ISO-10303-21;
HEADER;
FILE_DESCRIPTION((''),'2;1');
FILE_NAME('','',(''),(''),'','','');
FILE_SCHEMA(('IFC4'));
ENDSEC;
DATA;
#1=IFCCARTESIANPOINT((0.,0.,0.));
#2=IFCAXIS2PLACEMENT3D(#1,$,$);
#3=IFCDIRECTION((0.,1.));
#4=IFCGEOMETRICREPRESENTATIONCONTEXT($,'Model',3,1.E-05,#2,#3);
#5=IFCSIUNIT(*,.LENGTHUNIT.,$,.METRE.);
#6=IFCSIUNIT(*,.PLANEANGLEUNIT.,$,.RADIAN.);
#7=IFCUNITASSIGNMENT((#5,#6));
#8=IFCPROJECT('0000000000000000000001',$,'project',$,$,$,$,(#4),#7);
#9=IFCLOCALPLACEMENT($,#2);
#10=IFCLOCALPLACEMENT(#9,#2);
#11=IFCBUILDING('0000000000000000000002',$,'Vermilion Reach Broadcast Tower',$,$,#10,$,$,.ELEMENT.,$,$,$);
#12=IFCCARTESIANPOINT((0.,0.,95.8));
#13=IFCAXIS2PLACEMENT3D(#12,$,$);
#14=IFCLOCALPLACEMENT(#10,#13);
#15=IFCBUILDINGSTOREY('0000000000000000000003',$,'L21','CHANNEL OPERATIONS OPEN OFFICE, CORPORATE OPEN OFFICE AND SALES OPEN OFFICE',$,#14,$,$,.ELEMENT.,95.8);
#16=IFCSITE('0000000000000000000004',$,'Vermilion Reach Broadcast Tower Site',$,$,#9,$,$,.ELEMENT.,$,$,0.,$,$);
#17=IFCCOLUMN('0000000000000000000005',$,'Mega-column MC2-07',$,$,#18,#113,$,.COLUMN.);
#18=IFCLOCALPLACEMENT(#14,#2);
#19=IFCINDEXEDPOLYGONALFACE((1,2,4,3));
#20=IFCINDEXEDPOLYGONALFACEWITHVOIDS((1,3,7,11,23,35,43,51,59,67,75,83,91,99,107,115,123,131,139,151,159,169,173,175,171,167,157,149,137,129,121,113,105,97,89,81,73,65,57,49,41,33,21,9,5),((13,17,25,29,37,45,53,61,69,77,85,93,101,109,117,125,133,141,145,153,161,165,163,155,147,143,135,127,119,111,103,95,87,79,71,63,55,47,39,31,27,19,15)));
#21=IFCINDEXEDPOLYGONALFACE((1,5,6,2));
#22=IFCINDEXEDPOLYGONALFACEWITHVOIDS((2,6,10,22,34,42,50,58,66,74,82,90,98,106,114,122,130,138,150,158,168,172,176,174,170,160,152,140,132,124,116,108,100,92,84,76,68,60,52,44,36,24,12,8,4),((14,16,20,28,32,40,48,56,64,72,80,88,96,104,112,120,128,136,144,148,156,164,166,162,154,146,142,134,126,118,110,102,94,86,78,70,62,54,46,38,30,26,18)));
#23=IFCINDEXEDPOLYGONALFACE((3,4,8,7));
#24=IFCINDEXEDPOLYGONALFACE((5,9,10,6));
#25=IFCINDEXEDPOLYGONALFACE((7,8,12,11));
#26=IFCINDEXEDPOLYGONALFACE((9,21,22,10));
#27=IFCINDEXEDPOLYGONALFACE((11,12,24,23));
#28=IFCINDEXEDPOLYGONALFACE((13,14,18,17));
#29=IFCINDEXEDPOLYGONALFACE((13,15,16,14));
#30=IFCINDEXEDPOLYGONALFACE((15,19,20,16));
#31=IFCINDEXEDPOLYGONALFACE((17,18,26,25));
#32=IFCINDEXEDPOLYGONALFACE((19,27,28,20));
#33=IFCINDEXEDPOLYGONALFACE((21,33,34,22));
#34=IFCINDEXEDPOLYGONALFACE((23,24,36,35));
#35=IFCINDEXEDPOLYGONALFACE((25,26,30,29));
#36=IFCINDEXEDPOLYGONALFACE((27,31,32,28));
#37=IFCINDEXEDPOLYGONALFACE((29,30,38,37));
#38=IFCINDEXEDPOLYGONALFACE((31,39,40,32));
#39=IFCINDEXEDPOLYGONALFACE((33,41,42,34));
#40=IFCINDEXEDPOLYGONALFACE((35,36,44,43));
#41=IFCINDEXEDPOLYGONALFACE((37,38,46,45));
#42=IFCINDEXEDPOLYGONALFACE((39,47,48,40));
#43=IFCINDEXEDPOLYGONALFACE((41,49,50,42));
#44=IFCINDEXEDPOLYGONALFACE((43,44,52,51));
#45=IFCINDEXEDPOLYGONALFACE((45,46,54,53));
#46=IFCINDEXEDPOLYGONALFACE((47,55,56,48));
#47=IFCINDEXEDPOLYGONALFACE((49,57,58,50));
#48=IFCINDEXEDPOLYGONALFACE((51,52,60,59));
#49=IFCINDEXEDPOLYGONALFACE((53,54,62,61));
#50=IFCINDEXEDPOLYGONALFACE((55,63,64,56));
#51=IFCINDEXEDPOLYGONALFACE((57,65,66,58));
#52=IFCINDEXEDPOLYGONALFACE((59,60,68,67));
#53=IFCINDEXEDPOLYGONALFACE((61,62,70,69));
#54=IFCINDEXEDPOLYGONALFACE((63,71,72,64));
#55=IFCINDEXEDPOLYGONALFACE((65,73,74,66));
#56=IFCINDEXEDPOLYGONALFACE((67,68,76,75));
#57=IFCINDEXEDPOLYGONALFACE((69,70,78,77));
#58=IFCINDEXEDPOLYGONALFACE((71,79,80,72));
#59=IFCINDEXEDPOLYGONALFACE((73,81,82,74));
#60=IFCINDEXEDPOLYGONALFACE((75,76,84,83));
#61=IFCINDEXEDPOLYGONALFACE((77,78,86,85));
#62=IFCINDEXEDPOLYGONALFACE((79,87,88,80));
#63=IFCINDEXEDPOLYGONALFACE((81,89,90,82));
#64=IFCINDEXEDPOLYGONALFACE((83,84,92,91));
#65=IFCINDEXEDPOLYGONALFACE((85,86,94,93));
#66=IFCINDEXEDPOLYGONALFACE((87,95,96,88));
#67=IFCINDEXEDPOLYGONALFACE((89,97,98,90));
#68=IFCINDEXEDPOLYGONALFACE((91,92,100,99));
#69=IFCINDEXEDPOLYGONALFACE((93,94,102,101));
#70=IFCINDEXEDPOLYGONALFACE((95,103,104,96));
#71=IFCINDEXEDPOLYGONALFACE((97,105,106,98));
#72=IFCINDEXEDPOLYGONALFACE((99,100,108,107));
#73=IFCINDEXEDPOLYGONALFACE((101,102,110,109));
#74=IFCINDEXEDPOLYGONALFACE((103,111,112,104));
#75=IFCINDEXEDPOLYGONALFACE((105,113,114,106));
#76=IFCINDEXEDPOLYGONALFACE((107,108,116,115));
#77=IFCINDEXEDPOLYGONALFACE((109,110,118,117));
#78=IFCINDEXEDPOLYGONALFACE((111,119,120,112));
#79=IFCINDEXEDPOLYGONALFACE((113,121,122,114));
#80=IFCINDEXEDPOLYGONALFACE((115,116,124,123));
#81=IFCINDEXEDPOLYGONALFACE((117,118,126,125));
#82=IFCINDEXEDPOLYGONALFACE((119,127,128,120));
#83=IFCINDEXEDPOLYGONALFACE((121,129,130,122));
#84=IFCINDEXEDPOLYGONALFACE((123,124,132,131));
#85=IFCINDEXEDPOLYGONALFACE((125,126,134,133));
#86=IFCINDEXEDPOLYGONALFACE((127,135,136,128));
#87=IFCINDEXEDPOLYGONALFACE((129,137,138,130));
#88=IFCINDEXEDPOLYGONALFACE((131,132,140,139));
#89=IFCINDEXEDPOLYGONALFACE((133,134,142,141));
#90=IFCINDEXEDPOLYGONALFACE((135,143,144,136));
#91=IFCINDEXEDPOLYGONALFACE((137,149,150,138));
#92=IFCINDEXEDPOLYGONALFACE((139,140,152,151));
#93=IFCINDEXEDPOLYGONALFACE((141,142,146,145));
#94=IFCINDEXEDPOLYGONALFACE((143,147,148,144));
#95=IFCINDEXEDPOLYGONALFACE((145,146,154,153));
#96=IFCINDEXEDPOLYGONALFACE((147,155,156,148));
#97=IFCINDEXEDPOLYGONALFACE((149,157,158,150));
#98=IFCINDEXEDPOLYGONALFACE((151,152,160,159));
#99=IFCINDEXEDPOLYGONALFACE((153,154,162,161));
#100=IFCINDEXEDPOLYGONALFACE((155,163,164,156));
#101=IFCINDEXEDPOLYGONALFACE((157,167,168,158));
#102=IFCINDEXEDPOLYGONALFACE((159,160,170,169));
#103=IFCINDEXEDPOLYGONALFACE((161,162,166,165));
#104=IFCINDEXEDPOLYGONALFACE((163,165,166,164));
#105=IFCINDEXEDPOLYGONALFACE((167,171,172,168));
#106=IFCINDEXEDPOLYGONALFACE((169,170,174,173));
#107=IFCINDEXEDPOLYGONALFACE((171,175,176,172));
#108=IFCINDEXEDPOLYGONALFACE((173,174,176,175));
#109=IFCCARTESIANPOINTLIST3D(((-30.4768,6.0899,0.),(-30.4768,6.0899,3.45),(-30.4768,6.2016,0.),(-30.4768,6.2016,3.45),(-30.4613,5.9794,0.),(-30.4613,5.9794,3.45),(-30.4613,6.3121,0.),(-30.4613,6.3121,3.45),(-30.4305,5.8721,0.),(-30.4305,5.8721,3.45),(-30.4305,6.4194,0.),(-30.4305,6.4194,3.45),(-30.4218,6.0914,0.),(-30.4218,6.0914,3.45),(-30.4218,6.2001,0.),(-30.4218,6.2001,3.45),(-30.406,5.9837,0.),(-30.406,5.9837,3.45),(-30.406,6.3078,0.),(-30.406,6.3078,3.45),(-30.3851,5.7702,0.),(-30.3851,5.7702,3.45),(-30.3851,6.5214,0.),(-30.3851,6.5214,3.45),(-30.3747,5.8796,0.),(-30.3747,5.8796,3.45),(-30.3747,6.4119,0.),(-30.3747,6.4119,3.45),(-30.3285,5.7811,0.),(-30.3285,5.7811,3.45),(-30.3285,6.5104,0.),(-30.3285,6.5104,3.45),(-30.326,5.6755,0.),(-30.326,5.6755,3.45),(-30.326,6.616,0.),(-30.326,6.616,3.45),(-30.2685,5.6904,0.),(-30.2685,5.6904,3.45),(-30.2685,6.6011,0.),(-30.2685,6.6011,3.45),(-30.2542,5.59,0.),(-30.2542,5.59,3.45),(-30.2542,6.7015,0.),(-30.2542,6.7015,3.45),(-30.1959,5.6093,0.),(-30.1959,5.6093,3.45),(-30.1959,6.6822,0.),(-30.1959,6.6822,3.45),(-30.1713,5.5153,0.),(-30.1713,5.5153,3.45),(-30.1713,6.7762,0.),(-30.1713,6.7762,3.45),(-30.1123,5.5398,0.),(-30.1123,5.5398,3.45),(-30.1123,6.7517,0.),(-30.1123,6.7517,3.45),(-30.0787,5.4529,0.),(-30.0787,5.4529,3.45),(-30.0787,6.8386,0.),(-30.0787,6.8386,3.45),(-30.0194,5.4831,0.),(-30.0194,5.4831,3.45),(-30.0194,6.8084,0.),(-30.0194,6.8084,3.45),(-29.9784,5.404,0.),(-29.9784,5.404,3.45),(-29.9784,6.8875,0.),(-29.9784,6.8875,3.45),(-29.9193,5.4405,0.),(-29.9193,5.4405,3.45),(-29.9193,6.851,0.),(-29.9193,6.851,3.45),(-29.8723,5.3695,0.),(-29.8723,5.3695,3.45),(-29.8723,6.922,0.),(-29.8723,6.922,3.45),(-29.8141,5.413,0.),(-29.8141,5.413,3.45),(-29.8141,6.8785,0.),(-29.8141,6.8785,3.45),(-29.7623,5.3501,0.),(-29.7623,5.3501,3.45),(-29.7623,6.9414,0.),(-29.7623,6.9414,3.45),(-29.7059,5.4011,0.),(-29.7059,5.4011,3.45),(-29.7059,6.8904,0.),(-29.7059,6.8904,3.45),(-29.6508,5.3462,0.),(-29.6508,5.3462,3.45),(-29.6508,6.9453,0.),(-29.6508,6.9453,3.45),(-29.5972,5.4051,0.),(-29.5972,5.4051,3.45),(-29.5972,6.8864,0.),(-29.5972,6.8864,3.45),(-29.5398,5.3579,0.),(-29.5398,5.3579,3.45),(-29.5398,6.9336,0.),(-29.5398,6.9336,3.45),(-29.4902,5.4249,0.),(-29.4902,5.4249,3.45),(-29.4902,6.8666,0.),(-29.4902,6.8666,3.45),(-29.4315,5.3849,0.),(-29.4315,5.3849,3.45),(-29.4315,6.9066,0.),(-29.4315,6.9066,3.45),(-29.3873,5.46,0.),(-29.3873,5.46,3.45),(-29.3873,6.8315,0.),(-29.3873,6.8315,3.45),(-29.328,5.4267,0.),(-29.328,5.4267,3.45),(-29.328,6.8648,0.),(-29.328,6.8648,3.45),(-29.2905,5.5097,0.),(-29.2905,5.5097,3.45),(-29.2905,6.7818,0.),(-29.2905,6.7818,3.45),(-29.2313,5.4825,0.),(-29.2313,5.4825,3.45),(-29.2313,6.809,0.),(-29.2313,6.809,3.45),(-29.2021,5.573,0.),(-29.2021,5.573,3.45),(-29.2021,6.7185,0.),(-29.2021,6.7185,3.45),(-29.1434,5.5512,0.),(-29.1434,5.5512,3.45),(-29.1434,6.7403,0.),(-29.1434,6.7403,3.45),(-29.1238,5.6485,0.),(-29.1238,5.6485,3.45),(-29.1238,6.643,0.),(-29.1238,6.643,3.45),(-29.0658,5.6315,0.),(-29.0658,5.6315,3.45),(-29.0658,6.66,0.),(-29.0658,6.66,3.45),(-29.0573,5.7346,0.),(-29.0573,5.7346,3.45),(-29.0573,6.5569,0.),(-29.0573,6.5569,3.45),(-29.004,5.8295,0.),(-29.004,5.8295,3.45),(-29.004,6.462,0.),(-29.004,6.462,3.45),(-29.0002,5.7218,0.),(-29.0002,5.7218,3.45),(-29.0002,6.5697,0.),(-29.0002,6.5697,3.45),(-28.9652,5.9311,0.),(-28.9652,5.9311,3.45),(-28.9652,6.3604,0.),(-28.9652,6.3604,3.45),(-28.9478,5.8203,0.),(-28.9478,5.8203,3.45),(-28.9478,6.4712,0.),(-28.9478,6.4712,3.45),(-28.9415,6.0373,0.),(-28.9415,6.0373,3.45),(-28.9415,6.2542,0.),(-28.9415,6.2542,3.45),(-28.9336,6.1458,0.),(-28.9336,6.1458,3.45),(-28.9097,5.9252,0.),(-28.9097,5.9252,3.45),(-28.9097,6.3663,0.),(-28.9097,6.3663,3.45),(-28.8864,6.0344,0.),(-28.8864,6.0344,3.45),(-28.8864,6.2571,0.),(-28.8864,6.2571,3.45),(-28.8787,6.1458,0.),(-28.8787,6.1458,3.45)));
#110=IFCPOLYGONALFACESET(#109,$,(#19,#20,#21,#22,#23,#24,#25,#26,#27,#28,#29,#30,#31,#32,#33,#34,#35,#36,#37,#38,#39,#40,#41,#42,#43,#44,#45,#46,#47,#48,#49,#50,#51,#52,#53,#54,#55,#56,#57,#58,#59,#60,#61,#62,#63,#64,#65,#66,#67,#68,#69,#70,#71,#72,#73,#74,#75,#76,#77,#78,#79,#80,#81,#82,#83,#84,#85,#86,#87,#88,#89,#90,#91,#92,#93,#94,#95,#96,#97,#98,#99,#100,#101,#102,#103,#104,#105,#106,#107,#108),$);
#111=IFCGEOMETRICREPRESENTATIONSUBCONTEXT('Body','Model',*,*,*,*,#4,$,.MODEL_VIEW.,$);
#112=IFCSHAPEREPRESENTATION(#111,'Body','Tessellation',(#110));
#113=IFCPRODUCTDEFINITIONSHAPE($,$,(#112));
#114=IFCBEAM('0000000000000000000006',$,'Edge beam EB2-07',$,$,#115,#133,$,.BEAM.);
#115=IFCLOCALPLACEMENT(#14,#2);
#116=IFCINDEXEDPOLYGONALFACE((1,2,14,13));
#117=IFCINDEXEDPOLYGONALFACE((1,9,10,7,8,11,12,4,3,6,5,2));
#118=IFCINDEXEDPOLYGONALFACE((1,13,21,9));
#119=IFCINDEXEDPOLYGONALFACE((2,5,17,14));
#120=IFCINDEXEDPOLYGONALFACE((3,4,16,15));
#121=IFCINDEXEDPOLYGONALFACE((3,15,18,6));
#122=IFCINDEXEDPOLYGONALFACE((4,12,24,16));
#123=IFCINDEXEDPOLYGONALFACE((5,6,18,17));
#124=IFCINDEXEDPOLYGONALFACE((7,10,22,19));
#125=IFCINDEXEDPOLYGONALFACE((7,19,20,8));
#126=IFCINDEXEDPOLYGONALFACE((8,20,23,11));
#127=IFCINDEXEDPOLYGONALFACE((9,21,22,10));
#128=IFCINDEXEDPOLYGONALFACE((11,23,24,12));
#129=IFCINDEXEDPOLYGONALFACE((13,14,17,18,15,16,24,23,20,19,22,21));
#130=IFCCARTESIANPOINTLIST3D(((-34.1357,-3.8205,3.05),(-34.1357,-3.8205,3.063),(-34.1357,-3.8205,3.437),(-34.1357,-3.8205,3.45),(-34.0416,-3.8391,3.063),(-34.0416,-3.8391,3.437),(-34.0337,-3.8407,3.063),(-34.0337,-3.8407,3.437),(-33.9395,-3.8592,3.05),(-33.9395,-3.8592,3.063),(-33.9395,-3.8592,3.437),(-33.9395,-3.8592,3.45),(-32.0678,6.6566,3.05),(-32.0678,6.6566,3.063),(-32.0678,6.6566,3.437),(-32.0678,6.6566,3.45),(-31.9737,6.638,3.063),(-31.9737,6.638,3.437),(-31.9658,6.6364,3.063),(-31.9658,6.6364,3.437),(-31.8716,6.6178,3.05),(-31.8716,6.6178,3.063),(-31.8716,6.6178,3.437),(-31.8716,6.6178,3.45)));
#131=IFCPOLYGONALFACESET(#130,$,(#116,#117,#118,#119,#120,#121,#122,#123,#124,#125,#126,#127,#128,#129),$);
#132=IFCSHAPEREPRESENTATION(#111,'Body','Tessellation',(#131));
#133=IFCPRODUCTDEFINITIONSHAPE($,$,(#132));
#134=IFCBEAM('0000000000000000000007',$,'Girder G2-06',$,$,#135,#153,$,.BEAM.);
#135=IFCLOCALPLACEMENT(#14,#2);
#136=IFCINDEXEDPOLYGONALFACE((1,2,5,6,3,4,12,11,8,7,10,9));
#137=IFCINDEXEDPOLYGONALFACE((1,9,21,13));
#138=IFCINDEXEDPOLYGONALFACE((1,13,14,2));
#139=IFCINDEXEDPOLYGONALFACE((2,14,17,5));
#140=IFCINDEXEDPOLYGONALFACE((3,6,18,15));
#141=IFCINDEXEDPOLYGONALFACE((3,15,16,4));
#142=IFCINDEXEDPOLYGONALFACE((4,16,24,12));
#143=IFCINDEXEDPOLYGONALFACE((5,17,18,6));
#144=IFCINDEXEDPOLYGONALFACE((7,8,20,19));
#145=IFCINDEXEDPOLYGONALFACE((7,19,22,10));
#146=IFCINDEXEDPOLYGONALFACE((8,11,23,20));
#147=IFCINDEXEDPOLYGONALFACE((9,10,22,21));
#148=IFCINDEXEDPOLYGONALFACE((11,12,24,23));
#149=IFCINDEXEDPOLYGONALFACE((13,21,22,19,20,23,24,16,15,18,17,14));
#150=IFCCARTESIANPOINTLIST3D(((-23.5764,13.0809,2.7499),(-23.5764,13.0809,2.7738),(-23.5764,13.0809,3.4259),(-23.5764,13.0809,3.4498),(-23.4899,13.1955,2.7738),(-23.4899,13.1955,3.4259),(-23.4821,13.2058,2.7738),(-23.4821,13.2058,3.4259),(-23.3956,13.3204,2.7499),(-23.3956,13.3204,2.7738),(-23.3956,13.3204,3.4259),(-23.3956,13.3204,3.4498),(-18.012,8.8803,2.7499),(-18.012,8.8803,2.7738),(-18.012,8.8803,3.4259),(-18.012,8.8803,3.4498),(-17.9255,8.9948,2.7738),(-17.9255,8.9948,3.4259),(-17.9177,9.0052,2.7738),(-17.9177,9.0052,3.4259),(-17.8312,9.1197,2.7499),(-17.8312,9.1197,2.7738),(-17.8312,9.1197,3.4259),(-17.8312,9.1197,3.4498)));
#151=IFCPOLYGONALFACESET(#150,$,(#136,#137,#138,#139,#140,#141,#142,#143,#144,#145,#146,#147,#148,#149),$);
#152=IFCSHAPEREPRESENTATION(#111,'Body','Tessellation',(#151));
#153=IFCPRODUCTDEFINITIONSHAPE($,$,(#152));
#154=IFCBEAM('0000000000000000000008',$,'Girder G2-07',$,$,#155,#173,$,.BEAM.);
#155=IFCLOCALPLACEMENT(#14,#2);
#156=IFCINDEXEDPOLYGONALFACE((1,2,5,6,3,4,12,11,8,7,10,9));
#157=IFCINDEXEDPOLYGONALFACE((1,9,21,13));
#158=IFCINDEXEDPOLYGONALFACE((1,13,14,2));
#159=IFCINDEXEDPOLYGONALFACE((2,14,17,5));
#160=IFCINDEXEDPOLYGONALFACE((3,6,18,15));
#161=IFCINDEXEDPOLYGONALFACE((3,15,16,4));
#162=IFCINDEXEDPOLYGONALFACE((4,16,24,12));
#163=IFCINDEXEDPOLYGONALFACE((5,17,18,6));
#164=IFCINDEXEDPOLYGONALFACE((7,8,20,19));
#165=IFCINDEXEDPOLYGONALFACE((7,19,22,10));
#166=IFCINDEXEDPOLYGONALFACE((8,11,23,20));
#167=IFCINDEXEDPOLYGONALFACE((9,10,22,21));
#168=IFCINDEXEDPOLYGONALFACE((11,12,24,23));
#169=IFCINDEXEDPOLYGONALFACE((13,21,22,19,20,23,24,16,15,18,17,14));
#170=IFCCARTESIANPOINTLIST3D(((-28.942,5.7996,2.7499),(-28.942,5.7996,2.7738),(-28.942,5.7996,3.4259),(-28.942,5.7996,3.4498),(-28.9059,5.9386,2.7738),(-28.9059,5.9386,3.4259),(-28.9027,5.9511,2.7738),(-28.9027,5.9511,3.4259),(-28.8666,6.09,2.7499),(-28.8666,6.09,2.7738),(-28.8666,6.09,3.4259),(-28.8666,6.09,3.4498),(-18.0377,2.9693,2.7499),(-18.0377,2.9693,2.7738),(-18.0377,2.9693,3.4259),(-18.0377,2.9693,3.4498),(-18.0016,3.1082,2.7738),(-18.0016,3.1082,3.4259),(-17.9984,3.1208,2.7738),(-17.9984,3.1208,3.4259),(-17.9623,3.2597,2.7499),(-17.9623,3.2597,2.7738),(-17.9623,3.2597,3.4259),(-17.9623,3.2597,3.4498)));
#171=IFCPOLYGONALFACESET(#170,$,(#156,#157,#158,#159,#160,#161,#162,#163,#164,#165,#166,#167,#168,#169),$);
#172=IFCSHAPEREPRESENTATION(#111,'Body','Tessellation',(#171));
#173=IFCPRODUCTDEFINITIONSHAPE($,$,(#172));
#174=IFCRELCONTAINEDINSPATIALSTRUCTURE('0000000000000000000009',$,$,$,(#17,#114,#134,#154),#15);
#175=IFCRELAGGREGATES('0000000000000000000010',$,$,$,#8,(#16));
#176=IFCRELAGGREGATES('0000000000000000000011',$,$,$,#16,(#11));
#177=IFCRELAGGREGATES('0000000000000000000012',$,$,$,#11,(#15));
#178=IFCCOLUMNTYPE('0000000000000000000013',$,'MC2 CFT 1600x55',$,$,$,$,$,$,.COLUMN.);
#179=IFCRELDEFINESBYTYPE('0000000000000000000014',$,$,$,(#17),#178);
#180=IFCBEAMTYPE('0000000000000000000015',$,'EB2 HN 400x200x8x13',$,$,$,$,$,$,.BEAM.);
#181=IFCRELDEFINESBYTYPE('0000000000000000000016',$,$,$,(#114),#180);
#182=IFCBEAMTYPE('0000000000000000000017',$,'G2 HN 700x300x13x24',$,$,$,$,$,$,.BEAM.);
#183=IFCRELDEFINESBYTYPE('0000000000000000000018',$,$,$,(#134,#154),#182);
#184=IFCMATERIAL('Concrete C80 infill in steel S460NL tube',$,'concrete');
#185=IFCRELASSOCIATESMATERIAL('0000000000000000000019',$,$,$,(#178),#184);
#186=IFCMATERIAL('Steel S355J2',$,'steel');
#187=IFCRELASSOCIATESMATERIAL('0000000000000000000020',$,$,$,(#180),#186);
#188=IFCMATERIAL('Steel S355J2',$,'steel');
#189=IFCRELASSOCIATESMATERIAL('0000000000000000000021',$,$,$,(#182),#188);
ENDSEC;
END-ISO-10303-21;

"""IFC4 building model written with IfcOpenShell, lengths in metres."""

from ifc_helpers import new_model, si_unit, direction, frame, origin, origin_2d, place, context, subcontext, project, spatial, hollow_circle, i_section, extrude, material, material_profile, profile_set, type_object, element, save


model = new_model("IFC4")

# Units and contexts
model_context = context("Model", 3, precision=1e-05, world=origin(), true_north=direction((0.0, 1.0)))
body_context = subcontext(model_context, "Body", "Model", "MODEL_VIEW")
ifc_project = project(units=[si_unit("LENGTHUNIT", "METRE"), si_unit("PLANEANGLEUNIT", "RADIAN")], contexts=[model_context])

# Site, building, storey
site_placement = place(None, origin())
site = spatial("IfcSite", under=ifc_project, at=site_placement, Name="Vermilion Reach Broadcast Tower Site", CompositionType="ELEMENT", RefElevation=0.0)
building_placement = place(site_placement, origin())
building = spatial("IfcBuilding", under=site, at=building_placement, Name="Vermilion Reach Broadcast Tower", CompositionType="ELEMENT")
storey_placement = place(building_placement, frame((0.0, 0.0, 95.8)))
storey = spatial("IfcBuildingStorey", under=building, at=storey_placement, Name="L21", Description="CHANNEL OPERATIONS OPEN OFFICE, CORPORATE OPEN OFFICE AND SALES OPEN OFFICE", CompositionType="ELEMENT", Elevation=95.8)

# Column
ifc_material_1 = material(Name="Concrete C80 infill in steel S460NL tube", Category="concrete")
ifc_material_profile_1 = material_profile(ifc_material_1, hollow_circle(Radius=0.8, WallThickness=0.0549, at=origin_2d()), Name="Concrete C80 infill in steel S460NL tube CFT 1600x55")
ifc_profile_set_1 = profile_set([ifc_material_profile_1], Name="Concrete C80 infill in steel S460NL tube")
column_type = type_object("IfcColumnType", Name="MC2 CFT 1600x55", PredefinedType="COLUMN", material=ifc_profile_set_1)
column_placement = place(storey_placement, frame((-29.6787, 6.1458, 0.0), z_axis=(0.0, 0.0, 1.0), x_axis=(1.0, 0.0, 0.0)))
element("IfcColumn", 1, at=column_placement, inside=storey, type_object=column_type, Name="Mega-column MC2-07", PredefinedType="COLUMN", context=body_context, shape_type="SweptSolid", body=[
    extrude(hollow_circle(Radius=0.8, WallThickness=0.0549, at=origin_2d()), origin(), (0.0, 0.0, 1.0), 3.45),
])

# Beams
ifc_material_2 = material(Name="Steel S355J2", Category="steel")
ifc_material_profile_2 = material_profile(ifc_material_2, i_section(OverallWidth=0.2, OverallDepth=0.3999, WebThickness=0.0081, FlangeThickness=0.0129, at=origin_2d()), Name="S355J2 HN 400x200x8x13")
ifc_profile_set_2 = profile_set([ifc_material_profile_2], Name="Steel S355J2")
beam_type_1 = type_object("IfcBeamType", Name="EB2 HN 400x200x8x13", PredefinedType="BEAM", material=ifc_profile_set_2)
beam_1_placement = place(storey_placement, frame((-31.9697, 6.6372, 3.25), z_axis=(-0.193636, -0.981073, 0.0), x_axis=(0.981073, -0.193636, 0.0)))
element("IfcBeam", 2, at=beam_1_placement, inside=storey, type_object=beam_type_1, Name="Edge beam EB2-07", PredefinedType="BEAM", context=body_context, shape_type="SweptSolid", body=[
    extrude(i_section(OverallWidth=0.2, OverallDepth=0.3999, WebThickness=0.0081, FlangeThickness=0.0129, at=origin_2d()), origin(), (0.0, 0.0, 1.0), 10.6792),
])
ifc_material_3 = material(Name="Steel S355J2", Category="steel")
ifc_material_profile_3 = material_profile(ifc_material_3, i_section(OverallWidth=0.3, OverallDepth=0.7, WebThickness=0.0129, FlangeThickness=0.0239, at=origin_2d()), Name="S355J2 HN 700x300x13x24")
ifc_profile_set_3 = profile_set([ifc_material_profile_3], Name="Steel S355J2")
beam_type_2 = type_object("IfcBeamType", Name="G2 HN 700x300x13x24", PredefinedType="BEAM", material=ifc_profile_set_3)
beam_2_placement = place(storey_placement, frame((-17.9216, 9.0, 3.0999), z_axis=(-0.798114, 0.602507, 0.0), x_axis=(-0.602507, -0.798114, 0.0)))
element("IfcBeam", 3, at=beam_2_placement, inside=storey, type_object=beam_type_2, Name="Girder G2-06", PredefinedType="BEAM", context=body_context, shape_type="SweptSolid", body=[
    extrude(i_section(OverallWidth=0.3, OverallDepth=0.7, WebThickness=0.0129, FlangeThickness=0.0239, at=origin_2d()), origin(), (0.0, 0.0, 1.0), 6.9719),
])
beam_3_placement = place(storey_placement, frame((-18.0, 3.1145, 3.0999), z_axis=(-0.967926, 0.251235, 0.0), x_axis=(-0.251235, -0.967926, 0.0)))
element("IfcBeam", 4, at=beam_3_placement, inside=storey, type_object=beam_type_2, Name="Girder G2-07", PredefinedType="BEAM", context=body_context, shape_type="SweptSolid", body=[
    extrude(i_section(OverallWidth=0.3, OverallDepth=0.7, WebThickness=0.0129, FlangeThickness=0.0239, at=origin_2d()), origin(), (0.0, 0.0, 1.0), 11.2656),
])

save(model, "model.ifc")
